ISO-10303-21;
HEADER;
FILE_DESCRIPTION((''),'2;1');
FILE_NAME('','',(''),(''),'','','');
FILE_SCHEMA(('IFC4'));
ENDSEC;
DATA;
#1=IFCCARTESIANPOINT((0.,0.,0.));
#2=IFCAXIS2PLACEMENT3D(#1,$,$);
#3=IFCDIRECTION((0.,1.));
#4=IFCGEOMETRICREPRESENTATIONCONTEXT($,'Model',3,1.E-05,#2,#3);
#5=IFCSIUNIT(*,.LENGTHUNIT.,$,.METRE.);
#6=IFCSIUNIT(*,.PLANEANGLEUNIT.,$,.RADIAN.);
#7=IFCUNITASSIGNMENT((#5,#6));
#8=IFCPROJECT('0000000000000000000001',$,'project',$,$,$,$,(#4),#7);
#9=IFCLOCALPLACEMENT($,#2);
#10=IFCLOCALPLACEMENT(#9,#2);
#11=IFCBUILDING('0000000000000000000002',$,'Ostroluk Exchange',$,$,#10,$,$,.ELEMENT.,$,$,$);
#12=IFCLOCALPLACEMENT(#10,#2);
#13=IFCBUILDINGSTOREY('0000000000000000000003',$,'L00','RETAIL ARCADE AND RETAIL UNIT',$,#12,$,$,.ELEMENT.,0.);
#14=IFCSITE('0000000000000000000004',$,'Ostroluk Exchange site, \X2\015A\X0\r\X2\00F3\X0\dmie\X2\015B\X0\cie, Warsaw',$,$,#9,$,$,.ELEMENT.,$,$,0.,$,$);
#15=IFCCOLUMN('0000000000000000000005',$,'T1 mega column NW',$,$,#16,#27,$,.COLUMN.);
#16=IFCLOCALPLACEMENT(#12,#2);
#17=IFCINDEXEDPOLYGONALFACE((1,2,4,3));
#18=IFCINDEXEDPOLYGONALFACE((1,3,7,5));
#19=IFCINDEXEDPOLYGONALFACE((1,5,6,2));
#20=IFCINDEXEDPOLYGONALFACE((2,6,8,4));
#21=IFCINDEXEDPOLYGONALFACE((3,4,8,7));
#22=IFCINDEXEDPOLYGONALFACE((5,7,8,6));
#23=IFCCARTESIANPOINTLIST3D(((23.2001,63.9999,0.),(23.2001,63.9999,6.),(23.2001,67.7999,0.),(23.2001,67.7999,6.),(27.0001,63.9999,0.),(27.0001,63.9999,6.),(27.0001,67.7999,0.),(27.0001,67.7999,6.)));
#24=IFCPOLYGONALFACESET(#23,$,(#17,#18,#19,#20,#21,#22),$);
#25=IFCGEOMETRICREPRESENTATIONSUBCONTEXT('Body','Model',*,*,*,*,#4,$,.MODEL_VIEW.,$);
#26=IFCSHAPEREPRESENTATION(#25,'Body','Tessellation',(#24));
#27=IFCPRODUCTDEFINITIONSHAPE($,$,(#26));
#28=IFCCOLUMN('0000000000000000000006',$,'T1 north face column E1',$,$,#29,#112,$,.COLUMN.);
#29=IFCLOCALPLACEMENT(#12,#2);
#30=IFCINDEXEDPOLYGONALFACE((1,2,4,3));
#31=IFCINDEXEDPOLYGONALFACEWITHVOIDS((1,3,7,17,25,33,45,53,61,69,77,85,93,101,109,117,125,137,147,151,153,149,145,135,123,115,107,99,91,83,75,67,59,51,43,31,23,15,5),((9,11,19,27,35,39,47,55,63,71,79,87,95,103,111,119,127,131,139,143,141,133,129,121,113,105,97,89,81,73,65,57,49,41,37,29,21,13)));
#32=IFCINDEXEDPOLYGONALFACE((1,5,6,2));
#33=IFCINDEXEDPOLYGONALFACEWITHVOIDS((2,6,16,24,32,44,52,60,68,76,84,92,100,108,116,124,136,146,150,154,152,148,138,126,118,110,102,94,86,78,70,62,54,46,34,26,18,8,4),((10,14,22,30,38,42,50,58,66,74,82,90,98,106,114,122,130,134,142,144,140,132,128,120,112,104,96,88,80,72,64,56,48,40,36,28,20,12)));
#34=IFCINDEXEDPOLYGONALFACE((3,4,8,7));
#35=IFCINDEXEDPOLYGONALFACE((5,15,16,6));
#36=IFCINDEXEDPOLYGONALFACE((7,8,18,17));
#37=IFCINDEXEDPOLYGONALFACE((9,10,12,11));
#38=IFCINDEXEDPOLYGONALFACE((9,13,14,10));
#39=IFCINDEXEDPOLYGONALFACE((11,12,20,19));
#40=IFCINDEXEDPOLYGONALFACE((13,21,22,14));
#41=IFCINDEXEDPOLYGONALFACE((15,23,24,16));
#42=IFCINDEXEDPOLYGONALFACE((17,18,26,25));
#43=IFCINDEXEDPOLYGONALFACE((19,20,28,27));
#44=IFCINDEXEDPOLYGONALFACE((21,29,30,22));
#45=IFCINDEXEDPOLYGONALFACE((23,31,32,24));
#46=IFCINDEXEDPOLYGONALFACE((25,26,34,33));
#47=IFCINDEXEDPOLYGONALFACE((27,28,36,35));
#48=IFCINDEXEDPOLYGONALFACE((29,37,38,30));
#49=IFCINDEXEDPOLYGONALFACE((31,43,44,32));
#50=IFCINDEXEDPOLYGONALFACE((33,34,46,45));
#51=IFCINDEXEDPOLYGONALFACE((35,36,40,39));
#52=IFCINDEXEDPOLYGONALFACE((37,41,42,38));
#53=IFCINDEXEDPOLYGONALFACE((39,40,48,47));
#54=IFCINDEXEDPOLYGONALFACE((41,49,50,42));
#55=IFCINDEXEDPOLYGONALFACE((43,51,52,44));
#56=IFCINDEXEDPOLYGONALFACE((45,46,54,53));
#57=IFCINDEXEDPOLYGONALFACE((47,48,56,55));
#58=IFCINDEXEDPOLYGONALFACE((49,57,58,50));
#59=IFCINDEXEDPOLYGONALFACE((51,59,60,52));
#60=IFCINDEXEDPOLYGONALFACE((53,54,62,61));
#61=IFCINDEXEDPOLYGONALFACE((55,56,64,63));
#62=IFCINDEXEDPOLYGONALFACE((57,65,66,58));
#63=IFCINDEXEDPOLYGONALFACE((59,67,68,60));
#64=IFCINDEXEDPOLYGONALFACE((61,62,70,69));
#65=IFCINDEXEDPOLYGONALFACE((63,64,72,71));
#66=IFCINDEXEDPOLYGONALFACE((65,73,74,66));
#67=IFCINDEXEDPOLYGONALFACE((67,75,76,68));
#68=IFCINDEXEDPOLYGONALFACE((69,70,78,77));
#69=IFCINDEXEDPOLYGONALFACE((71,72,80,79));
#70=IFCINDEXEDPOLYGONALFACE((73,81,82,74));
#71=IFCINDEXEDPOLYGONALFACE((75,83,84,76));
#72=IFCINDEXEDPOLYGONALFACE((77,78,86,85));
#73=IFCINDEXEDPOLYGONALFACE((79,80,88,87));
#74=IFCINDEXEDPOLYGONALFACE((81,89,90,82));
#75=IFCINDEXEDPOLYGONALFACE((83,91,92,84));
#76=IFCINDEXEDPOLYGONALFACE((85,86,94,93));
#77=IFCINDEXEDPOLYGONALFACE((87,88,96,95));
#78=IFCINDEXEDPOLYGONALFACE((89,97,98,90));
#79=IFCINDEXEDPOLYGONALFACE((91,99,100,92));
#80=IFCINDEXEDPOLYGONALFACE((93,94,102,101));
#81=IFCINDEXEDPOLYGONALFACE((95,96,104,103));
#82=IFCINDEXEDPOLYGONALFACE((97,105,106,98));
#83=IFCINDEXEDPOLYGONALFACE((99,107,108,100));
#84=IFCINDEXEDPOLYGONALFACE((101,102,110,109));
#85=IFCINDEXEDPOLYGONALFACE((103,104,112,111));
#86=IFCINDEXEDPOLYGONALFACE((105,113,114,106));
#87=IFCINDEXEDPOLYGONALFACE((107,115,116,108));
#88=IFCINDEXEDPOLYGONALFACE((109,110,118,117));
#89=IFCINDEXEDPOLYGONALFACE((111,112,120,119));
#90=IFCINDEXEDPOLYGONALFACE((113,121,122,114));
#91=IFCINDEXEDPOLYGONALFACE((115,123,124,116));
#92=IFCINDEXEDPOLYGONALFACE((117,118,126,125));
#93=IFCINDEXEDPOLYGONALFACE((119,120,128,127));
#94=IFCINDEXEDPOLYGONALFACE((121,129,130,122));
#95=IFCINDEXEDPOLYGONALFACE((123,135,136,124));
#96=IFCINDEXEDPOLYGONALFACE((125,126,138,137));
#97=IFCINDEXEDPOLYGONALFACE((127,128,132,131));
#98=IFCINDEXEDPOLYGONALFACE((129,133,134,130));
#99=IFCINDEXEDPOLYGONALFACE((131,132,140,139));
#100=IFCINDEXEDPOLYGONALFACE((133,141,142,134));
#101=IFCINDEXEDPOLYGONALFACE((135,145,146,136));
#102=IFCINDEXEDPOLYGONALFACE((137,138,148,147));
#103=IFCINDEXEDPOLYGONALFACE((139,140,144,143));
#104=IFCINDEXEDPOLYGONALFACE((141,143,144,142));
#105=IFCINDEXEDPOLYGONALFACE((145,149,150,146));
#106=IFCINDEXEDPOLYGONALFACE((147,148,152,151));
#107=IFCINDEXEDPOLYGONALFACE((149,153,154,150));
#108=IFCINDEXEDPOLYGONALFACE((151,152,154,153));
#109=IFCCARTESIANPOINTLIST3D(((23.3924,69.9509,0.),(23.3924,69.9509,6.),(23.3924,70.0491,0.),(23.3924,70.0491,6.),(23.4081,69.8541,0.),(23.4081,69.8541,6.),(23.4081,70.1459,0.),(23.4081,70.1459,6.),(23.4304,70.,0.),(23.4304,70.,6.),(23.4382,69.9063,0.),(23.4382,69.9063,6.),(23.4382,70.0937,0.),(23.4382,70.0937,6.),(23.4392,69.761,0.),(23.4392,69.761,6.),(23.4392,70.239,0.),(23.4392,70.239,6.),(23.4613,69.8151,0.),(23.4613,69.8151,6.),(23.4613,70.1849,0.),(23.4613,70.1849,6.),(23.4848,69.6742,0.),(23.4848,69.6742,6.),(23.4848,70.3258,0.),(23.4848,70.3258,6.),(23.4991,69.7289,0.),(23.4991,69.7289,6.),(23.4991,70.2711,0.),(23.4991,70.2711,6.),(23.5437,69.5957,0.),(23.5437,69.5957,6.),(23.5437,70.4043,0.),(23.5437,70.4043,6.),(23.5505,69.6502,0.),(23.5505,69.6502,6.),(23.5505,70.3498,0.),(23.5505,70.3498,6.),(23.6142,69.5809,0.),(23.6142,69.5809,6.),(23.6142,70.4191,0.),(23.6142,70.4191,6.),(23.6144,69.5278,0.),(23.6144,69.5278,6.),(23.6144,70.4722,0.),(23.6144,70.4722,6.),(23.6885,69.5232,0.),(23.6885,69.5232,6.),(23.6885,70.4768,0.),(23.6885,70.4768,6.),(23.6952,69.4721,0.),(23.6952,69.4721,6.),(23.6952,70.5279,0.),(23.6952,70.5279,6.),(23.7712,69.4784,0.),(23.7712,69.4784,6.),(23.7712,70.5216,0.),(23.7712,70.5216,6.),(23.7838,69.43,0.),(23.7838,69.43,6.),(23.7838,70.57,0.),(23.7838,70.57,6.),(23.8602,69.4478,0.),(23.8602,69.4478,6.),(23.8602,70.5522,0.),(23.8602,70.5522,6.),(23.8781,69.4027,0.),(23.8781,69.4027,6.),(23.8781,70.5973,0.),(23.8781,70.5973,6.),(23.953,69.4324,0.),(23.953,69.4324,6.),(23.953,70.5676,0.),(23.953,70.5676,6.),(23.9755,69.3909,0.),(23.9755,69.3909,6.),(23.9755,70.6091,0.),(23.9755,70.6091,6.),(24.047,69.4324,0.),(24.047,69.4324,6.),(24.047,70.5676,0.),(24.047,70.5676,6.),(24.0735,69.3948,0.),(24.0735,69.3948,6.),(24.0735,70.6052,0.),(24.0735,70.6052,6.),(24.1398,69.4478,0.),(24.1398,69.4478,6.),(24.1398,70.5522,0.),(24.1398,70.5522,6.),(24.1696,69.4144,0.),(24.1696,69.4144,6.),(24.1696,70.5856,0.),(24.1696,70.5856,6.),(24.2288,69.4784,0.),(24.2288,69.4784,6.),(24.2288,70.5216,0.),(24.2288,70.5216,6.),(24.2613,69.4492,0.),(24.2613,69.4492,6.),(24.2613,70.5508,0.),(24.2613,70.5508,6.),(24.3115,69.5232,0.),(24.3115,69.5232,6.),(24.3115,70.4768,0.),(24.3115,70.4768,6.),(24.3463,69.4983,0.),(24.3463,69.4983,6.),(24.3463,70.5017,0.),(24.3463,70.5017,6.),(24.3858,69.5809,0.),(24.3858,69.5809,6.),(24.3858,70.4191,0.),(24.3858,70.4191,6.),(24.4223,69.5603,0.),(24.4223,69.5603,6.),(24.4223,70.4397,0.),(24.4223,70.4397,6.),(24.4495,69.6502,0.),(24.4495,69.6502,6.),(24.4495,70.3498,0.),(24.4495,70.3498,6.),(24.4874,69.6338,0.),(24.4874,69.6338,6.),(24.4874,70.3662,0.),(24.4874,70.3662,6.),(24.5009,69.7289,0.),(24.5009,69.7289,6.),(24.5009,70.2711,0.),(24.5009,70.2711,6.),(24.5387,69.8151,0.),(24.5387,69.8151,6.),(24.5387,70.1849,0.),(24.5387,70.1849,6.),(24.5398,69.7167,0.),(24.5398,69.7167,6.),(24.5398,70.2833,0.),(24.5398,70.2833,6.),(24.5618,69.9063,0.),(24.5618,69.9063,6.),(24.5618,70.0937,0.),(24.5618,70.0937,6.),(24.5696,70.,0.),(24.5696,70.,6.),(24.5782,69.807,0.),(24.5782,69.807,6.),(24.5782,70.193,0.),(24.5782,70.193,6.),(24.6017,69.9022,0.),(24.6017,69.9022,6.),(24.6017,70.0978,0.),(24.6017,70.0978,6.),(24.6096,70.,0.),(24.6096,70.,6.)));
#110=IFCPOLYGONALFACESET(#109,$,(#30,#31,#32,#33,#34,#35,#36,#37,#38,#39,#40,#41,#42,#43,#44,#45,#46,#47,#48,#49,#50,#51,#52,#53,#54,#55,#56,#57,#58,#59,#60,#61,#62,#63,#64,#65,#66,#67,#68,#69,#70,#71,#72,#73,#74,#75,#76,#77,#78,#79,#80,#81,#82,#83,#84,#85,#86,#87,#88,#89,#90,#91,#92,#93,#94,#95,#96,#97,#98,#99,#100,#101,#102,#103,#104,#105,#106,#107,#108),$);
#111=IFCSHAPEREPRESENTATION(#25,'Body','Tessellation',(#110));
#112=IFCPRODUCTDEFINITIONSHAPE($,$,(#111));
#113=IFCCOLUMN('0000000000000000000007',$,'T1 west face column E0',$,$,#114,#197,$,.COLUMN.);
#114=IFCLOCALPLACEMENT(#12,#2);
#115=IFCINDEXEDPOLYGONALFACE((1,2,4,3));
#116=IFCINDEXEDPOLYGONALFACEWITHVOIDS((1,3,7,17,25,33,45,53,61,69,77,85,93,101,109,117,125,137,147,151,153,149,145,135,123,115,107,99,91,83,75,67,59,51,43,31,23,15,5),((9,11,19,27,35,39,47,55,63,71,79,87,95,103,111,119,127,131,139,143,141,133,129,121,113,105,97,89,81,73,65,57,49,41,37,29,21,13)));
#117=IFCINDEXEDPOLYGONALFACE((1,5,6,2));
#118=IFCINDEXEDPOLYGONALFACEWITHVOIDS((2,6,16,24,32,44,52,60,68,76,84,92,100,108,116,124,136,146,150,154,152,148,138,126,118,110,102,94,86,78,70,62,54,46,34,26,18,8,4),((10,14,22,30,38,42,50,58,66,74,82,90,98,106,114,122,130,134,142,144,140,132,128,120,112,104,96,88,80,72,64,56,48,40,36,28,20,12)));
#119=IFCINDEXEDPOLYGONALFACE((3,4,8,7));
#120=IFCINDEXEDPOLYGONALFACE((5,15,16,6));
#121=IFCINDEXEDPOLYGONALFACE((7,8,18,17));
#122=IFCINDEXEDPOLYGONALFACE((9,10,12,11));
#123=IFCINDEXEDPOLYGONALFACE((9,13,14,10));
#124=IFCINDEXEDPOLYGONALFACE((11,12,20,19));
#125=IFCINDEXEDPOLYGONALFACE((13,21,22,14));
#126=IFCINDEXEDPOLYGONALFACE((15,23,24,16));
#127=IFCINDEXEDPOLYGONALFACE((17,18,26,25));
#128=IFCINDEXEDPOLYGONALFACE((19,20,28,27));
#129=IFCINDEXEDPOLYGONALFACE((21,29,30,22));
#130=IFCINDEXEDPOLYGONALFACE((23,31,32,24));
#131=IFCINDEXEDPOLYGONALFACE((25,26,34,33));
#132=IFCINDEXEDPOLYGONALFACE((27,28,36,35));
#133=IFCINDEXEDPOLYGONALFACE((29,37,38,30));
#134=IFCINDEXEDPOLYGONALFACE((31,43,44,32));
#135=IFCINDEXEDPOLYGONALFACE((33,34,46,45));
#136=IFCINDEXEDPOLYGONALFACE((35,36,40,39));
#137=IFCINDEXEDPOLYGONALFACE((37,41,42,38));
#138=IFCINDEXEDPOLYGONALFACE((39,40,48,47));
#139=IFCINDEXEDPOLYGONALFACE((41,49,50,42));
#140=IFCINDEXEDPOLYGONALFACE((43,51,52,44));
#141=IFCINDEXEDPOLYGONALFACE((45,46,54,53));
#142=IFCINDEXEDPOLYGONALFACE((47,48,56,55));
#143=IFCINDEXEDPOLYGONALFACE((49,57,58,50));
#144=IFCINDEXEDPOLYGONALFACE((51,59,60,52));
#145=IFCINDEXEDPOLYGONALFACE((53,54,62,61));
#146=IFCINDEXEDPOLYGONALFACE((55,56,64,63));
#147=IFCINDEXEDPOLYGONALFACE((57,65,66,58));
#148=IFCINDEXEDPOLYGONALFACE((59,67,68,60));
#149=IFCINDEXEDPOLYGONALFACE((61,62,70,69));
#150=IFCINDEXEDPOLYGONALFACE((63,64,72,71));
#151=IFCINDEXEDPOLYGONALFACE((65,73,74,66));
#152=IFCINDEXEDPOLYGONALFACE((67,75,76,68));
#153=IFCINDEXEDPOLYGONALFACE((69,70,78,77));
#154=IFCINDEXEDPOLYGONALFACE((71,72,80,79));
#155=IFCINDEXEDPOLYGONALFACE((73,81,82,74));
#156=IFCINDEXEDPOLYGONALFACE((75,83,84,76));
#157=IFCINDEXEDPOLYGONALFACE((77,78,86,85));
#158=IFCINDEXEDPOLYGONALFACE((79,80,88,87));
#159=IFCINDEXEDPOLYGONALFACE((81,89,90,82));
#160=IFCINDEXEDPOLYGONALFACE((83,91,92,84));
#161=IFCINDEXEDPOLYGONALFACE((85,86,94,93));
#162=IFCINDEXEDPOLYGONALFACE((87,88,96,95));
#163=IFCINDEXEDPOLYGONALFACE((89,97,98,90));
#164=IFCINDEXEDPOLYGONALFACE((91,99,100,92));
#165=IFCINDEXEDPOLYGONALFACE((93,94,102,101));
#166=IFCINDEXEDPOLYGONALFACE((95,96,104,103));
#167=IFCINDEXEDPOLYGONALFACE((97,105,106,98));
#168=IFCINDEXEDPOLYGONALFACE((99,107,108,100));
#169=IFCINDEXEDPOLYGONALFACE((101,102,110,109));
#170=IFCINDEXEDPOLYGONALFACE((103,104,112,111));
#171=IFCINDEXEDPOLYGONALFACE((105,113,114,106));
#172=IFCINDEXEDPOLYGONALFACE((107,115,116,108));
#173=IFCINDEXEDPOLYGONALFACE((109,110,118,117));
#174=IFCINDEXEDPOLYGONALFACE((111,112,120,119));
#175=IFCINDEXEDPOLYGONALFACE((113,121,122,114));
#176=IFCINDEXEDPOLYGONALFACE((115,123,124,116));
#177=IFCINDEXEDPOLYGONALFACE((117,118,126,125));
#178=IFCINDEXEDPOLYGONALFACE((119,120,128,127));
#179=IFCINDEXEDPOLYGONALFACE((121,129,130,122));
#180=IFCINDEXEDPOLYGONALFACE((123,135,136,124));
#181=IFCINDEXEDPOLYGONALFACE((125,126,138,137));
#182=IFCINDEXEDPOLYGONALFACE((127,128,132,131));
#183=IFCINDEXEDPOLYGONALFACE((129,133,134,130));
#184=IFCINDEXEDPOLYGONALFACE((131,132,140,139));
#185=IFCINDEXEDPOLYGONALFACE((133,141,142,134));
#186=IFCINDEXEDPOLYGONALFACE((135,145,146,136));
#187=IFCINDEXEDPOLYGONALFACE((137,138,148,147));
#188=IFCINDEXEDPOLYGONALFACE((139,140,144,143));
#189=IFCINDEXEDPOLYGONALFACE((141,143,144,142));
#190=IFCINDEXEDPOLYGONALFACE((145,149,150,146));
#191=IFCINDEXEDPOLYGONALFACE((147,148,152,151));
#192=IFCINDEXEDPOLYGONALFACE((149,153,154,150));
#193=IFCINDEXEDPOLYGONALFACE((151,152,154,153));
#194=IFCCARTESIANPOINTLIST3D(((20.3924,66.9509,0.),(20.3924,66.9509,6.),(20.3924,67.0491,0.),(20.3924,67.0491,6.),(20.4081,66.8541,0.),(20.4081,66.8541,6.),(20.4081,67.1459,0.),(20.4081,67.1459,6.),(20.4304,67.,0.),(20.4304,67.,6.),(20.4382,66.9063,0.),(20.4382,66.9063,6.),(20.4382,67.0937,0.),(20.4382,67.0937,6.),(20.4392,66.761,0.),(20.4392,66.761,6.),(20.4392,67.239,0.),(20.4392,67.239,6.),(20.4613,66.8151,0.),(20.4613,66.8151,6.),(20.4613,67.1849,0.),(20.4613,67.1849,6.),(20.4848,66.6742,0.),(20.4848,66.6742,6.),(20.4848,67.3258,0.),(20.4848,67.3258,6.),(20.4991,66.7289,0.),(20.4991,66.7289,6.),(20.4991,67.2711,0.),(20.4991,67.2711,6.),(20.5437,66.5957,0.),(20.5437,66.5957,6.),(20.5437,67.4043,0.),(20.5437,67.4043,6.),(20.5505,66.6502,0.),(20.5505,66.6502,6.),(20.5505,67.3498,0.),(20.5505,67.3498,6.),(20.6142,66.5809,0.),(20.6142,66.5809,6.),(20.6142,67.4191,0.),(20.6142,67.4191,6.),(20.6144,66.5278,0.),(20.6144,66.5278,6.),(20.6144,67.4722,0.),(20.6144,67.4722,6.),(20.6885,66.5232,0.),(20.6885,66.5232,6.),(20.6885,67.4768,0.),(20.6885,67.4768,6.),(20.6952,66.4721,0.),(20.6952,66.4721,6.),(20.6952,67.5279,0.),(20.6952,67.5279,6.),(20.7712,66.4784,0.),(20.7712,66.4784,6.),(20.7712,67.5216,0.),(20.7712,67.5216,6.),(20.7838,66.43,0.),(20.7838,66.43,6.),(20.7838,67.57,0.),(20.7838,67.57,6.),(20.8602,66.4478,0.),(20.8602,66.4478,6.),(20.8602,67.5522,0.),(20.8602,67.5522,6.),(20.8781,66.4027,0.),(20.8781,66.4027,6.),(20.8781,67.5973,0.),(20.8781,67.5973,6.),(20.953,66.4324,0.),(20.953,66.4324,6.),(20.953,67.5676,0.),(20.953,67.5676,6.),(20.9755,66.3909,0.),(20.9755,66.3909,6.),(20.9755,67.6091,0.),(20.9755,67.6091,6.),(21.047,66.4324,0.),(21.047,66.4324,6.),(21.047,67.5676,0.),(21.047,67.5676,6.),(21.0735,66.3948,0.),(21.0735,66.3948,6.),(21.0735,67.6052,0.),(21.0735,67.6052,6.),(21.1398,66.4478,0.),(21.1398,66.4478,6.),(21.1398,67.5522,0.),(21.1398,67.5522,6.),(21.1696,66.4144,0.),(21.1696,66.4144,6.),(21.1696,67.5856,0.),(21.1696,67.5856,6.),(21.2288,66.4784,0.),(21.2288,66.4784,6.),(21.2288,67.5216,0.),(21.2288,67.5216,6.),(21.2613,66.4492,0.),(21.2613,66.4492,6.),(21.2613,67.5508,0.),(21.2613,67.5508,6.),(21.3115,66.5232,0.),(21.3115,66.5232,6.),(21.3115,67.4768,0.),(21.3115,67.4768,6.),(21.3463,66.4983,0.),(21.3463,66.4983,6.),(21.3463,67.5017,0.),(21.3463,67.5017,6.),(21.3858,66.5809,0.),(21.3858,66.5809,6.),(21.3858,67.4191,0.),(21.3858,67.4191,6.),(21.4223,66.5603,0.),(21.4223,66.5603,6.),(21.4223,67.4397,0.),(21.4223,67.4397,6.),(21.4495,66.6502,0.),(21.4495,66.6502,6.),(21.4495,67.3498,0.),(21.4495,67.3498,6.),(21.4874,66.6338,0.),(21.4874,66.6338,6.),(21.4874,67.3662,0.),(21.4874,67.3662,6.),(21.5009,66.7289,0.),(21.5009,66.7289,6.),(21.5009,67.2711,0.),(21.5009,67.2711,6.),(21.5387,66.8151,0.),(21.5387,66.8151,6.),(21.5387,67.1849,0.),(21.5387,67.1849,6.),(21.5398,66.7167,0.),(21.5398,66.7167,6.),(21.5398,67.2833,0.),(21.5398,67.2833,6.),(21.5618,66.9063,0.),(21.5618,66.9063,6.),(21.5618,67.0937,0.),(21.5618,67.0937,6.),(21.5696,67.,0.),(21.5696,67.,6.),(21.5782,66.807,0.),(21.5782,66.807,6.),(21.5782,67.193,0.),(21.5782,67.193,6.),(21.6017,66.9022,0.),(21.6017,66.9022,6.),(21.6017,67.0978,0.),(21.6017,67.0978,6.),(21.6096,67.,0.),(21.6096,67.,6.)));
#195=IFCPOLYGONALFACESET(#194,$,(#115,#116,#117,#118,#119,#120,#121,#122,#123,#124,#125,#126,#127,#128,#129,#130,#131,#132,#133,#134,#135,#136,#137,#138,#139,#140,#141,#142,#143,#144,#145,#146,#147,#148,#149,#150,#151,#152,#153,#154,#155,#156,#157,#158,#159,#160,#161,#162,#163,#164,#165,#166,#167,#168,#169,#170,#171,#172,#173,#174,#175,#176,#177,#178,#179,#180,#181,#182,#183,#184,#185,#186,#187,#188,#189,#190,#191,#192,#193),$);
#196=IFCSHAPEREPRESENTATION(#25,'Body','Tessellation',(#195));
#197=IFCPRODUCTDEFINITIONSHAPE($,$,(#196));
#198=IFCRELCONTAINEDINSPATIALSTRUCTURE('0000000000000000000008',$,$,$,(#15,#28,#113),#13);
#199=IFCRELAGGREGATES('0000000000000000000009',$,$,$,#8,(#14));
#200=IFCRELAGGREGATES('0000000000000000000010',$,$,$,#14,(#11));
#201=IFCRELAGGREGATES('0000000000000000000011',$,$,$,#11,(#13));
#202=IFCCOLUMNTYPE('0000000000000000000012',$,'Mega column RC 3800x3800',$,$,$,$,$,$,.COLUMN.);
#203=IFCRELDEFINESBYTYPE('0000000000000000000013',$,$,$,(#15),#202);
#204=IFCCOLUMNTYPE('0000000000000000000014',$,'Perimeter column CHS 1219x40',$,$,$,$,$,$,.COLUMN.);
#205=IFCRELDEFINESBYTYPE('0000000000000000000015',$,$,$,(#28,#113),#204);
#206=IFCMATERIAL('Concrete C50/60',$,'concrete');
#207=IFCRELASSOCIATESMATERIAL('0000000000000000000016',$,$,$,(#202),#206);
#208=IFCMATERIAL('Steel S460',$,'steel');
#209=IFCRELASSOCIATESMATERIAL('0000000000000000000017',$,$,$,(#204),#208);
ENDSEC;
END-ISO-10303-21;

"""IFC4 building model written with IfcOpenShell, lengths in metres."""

from ifc_helpers import new_model, si_unit, direction, frame, origin, origin_2d, place, context, subcontext, project, spatial, rectangle, hollow_circle, extrude, material, material_profile, profile_set, type_object, element, save


model = new_model("IFC4")

# Units and contexts
model_context = context("Model", 3, precision=1e-05, world=origin(), true_north=direction((0.0, 1.0)))
body_context = subcontext(model_context, "Body", "Model", "MODEL_VIEW")
ifc_project = project(units=[si_unit("LENGTHUNIT", "METRE"), si_unit("PLANEANGLEUNIT", "RADIAN")], contexts=[model_context])

# Site, building, storey
site_placement = place(None, origin())
site = spatial("IfcSite", under=ifc_project, at=site_placement, Name="Ostroluk Exchange site, Śródmieście, Warsaw", CompositionType="ELEMENT", RefElevation=0.0)
building_placement = place(site_placement, origin())
building = spatial("IfcBuilding", under=site, at=building_placement, Name="Ostroluk Exchange", CompositionType="ELEMENT")
storey_placement = place(building_placement, origin())
storey = spatial("IfcBuildingStorey", under=building, at=storey_placement, Name="L00", Description="RETAIL ARCADE AND RETAIL UNIT", CompositionType="ELEMENT", Elevation=0.0)

# Columns
ifc_material_1 = material(Name="Concrete C50/60", Category="concrete")
ifc_material_profile_1 = material_profile(ifc_material_1, rectangle(XDim=3.8, YDim=3.8, at=origin_2d()), Name="RC 3800x3800")
ifc_profile_set_1 = profile_set([ifc_material_profile_1], Name="Concrete C50/60")
column_type_1 = type_object("IfcColumnType", Name="Mega column RC 3800x3800", PredefinedType="COLUMN", material=ifc_profile_set_1)
column_placement = place(storey_placement, frame((25.1001, 65.8999, 0.0), z_axis=(0.0, 0.0, 1.0), x_axis=(1.0, 0.0, 0.0)))
element("IfcColumn", 1, at=column_placement, inside=storey, type_object=column_type_1, Name="T1 mega column NW", PredefinedType="COLUMN", context=body_context, shape_type="SweptSolid", body=[
    extrude(rectangle(XDim=3.8, YDim=3.8, at=origin_2d()), origin(), (0.0, 0.0, 1.0), 6.0),
])
ifc_material_2 = material(Name="Steel S460", Category="steel")
ifc_material_profile_2 = material_profile(ifc_material_2, hollow_circle(Radius=0.6096, WallThickness=0.04, at=origin_2d()), Name="CHS 1219x40")
ifc_profile_set_2 = profile_set([ifc_material_profile_2], Name="Steel S460")
column_type_2 = type_object("IfcColumnType", Name="Perimeter column CHS 1219x40", PredefinedType="COLUMN", material=ifc_profile_set_2)
for number, where, z_axis, x_axis, name in (
    (2, (24.0, 70.0, 0.0), (0.0, 0.0, 1.0), (1.0, 0.0, 0.0), "T1 north face column E1"),
    (3, (21.0, 67.0, 0.0), (0.0, 0.0, 1.0), (1.0, 0.0, 0.0), "T1 west face column E0"),
):
    element("IfcColumn", number, at=place(storey_placement, frame(where, z_axis=z_axis, x_axis=x_axis)), inside=storey, type_object=column_type_2, Name=name, PredefinedType="COLUMN", context=body_context, shape_type="SweptSolid", body=[
        extrude(hollow_circle(Radius=0.6096, WallThickness=0.04, at=origin_2d()), origin(), (0.0, 0.0, 1.0), 6.0),
    ])

save(model, "model.ifc")
